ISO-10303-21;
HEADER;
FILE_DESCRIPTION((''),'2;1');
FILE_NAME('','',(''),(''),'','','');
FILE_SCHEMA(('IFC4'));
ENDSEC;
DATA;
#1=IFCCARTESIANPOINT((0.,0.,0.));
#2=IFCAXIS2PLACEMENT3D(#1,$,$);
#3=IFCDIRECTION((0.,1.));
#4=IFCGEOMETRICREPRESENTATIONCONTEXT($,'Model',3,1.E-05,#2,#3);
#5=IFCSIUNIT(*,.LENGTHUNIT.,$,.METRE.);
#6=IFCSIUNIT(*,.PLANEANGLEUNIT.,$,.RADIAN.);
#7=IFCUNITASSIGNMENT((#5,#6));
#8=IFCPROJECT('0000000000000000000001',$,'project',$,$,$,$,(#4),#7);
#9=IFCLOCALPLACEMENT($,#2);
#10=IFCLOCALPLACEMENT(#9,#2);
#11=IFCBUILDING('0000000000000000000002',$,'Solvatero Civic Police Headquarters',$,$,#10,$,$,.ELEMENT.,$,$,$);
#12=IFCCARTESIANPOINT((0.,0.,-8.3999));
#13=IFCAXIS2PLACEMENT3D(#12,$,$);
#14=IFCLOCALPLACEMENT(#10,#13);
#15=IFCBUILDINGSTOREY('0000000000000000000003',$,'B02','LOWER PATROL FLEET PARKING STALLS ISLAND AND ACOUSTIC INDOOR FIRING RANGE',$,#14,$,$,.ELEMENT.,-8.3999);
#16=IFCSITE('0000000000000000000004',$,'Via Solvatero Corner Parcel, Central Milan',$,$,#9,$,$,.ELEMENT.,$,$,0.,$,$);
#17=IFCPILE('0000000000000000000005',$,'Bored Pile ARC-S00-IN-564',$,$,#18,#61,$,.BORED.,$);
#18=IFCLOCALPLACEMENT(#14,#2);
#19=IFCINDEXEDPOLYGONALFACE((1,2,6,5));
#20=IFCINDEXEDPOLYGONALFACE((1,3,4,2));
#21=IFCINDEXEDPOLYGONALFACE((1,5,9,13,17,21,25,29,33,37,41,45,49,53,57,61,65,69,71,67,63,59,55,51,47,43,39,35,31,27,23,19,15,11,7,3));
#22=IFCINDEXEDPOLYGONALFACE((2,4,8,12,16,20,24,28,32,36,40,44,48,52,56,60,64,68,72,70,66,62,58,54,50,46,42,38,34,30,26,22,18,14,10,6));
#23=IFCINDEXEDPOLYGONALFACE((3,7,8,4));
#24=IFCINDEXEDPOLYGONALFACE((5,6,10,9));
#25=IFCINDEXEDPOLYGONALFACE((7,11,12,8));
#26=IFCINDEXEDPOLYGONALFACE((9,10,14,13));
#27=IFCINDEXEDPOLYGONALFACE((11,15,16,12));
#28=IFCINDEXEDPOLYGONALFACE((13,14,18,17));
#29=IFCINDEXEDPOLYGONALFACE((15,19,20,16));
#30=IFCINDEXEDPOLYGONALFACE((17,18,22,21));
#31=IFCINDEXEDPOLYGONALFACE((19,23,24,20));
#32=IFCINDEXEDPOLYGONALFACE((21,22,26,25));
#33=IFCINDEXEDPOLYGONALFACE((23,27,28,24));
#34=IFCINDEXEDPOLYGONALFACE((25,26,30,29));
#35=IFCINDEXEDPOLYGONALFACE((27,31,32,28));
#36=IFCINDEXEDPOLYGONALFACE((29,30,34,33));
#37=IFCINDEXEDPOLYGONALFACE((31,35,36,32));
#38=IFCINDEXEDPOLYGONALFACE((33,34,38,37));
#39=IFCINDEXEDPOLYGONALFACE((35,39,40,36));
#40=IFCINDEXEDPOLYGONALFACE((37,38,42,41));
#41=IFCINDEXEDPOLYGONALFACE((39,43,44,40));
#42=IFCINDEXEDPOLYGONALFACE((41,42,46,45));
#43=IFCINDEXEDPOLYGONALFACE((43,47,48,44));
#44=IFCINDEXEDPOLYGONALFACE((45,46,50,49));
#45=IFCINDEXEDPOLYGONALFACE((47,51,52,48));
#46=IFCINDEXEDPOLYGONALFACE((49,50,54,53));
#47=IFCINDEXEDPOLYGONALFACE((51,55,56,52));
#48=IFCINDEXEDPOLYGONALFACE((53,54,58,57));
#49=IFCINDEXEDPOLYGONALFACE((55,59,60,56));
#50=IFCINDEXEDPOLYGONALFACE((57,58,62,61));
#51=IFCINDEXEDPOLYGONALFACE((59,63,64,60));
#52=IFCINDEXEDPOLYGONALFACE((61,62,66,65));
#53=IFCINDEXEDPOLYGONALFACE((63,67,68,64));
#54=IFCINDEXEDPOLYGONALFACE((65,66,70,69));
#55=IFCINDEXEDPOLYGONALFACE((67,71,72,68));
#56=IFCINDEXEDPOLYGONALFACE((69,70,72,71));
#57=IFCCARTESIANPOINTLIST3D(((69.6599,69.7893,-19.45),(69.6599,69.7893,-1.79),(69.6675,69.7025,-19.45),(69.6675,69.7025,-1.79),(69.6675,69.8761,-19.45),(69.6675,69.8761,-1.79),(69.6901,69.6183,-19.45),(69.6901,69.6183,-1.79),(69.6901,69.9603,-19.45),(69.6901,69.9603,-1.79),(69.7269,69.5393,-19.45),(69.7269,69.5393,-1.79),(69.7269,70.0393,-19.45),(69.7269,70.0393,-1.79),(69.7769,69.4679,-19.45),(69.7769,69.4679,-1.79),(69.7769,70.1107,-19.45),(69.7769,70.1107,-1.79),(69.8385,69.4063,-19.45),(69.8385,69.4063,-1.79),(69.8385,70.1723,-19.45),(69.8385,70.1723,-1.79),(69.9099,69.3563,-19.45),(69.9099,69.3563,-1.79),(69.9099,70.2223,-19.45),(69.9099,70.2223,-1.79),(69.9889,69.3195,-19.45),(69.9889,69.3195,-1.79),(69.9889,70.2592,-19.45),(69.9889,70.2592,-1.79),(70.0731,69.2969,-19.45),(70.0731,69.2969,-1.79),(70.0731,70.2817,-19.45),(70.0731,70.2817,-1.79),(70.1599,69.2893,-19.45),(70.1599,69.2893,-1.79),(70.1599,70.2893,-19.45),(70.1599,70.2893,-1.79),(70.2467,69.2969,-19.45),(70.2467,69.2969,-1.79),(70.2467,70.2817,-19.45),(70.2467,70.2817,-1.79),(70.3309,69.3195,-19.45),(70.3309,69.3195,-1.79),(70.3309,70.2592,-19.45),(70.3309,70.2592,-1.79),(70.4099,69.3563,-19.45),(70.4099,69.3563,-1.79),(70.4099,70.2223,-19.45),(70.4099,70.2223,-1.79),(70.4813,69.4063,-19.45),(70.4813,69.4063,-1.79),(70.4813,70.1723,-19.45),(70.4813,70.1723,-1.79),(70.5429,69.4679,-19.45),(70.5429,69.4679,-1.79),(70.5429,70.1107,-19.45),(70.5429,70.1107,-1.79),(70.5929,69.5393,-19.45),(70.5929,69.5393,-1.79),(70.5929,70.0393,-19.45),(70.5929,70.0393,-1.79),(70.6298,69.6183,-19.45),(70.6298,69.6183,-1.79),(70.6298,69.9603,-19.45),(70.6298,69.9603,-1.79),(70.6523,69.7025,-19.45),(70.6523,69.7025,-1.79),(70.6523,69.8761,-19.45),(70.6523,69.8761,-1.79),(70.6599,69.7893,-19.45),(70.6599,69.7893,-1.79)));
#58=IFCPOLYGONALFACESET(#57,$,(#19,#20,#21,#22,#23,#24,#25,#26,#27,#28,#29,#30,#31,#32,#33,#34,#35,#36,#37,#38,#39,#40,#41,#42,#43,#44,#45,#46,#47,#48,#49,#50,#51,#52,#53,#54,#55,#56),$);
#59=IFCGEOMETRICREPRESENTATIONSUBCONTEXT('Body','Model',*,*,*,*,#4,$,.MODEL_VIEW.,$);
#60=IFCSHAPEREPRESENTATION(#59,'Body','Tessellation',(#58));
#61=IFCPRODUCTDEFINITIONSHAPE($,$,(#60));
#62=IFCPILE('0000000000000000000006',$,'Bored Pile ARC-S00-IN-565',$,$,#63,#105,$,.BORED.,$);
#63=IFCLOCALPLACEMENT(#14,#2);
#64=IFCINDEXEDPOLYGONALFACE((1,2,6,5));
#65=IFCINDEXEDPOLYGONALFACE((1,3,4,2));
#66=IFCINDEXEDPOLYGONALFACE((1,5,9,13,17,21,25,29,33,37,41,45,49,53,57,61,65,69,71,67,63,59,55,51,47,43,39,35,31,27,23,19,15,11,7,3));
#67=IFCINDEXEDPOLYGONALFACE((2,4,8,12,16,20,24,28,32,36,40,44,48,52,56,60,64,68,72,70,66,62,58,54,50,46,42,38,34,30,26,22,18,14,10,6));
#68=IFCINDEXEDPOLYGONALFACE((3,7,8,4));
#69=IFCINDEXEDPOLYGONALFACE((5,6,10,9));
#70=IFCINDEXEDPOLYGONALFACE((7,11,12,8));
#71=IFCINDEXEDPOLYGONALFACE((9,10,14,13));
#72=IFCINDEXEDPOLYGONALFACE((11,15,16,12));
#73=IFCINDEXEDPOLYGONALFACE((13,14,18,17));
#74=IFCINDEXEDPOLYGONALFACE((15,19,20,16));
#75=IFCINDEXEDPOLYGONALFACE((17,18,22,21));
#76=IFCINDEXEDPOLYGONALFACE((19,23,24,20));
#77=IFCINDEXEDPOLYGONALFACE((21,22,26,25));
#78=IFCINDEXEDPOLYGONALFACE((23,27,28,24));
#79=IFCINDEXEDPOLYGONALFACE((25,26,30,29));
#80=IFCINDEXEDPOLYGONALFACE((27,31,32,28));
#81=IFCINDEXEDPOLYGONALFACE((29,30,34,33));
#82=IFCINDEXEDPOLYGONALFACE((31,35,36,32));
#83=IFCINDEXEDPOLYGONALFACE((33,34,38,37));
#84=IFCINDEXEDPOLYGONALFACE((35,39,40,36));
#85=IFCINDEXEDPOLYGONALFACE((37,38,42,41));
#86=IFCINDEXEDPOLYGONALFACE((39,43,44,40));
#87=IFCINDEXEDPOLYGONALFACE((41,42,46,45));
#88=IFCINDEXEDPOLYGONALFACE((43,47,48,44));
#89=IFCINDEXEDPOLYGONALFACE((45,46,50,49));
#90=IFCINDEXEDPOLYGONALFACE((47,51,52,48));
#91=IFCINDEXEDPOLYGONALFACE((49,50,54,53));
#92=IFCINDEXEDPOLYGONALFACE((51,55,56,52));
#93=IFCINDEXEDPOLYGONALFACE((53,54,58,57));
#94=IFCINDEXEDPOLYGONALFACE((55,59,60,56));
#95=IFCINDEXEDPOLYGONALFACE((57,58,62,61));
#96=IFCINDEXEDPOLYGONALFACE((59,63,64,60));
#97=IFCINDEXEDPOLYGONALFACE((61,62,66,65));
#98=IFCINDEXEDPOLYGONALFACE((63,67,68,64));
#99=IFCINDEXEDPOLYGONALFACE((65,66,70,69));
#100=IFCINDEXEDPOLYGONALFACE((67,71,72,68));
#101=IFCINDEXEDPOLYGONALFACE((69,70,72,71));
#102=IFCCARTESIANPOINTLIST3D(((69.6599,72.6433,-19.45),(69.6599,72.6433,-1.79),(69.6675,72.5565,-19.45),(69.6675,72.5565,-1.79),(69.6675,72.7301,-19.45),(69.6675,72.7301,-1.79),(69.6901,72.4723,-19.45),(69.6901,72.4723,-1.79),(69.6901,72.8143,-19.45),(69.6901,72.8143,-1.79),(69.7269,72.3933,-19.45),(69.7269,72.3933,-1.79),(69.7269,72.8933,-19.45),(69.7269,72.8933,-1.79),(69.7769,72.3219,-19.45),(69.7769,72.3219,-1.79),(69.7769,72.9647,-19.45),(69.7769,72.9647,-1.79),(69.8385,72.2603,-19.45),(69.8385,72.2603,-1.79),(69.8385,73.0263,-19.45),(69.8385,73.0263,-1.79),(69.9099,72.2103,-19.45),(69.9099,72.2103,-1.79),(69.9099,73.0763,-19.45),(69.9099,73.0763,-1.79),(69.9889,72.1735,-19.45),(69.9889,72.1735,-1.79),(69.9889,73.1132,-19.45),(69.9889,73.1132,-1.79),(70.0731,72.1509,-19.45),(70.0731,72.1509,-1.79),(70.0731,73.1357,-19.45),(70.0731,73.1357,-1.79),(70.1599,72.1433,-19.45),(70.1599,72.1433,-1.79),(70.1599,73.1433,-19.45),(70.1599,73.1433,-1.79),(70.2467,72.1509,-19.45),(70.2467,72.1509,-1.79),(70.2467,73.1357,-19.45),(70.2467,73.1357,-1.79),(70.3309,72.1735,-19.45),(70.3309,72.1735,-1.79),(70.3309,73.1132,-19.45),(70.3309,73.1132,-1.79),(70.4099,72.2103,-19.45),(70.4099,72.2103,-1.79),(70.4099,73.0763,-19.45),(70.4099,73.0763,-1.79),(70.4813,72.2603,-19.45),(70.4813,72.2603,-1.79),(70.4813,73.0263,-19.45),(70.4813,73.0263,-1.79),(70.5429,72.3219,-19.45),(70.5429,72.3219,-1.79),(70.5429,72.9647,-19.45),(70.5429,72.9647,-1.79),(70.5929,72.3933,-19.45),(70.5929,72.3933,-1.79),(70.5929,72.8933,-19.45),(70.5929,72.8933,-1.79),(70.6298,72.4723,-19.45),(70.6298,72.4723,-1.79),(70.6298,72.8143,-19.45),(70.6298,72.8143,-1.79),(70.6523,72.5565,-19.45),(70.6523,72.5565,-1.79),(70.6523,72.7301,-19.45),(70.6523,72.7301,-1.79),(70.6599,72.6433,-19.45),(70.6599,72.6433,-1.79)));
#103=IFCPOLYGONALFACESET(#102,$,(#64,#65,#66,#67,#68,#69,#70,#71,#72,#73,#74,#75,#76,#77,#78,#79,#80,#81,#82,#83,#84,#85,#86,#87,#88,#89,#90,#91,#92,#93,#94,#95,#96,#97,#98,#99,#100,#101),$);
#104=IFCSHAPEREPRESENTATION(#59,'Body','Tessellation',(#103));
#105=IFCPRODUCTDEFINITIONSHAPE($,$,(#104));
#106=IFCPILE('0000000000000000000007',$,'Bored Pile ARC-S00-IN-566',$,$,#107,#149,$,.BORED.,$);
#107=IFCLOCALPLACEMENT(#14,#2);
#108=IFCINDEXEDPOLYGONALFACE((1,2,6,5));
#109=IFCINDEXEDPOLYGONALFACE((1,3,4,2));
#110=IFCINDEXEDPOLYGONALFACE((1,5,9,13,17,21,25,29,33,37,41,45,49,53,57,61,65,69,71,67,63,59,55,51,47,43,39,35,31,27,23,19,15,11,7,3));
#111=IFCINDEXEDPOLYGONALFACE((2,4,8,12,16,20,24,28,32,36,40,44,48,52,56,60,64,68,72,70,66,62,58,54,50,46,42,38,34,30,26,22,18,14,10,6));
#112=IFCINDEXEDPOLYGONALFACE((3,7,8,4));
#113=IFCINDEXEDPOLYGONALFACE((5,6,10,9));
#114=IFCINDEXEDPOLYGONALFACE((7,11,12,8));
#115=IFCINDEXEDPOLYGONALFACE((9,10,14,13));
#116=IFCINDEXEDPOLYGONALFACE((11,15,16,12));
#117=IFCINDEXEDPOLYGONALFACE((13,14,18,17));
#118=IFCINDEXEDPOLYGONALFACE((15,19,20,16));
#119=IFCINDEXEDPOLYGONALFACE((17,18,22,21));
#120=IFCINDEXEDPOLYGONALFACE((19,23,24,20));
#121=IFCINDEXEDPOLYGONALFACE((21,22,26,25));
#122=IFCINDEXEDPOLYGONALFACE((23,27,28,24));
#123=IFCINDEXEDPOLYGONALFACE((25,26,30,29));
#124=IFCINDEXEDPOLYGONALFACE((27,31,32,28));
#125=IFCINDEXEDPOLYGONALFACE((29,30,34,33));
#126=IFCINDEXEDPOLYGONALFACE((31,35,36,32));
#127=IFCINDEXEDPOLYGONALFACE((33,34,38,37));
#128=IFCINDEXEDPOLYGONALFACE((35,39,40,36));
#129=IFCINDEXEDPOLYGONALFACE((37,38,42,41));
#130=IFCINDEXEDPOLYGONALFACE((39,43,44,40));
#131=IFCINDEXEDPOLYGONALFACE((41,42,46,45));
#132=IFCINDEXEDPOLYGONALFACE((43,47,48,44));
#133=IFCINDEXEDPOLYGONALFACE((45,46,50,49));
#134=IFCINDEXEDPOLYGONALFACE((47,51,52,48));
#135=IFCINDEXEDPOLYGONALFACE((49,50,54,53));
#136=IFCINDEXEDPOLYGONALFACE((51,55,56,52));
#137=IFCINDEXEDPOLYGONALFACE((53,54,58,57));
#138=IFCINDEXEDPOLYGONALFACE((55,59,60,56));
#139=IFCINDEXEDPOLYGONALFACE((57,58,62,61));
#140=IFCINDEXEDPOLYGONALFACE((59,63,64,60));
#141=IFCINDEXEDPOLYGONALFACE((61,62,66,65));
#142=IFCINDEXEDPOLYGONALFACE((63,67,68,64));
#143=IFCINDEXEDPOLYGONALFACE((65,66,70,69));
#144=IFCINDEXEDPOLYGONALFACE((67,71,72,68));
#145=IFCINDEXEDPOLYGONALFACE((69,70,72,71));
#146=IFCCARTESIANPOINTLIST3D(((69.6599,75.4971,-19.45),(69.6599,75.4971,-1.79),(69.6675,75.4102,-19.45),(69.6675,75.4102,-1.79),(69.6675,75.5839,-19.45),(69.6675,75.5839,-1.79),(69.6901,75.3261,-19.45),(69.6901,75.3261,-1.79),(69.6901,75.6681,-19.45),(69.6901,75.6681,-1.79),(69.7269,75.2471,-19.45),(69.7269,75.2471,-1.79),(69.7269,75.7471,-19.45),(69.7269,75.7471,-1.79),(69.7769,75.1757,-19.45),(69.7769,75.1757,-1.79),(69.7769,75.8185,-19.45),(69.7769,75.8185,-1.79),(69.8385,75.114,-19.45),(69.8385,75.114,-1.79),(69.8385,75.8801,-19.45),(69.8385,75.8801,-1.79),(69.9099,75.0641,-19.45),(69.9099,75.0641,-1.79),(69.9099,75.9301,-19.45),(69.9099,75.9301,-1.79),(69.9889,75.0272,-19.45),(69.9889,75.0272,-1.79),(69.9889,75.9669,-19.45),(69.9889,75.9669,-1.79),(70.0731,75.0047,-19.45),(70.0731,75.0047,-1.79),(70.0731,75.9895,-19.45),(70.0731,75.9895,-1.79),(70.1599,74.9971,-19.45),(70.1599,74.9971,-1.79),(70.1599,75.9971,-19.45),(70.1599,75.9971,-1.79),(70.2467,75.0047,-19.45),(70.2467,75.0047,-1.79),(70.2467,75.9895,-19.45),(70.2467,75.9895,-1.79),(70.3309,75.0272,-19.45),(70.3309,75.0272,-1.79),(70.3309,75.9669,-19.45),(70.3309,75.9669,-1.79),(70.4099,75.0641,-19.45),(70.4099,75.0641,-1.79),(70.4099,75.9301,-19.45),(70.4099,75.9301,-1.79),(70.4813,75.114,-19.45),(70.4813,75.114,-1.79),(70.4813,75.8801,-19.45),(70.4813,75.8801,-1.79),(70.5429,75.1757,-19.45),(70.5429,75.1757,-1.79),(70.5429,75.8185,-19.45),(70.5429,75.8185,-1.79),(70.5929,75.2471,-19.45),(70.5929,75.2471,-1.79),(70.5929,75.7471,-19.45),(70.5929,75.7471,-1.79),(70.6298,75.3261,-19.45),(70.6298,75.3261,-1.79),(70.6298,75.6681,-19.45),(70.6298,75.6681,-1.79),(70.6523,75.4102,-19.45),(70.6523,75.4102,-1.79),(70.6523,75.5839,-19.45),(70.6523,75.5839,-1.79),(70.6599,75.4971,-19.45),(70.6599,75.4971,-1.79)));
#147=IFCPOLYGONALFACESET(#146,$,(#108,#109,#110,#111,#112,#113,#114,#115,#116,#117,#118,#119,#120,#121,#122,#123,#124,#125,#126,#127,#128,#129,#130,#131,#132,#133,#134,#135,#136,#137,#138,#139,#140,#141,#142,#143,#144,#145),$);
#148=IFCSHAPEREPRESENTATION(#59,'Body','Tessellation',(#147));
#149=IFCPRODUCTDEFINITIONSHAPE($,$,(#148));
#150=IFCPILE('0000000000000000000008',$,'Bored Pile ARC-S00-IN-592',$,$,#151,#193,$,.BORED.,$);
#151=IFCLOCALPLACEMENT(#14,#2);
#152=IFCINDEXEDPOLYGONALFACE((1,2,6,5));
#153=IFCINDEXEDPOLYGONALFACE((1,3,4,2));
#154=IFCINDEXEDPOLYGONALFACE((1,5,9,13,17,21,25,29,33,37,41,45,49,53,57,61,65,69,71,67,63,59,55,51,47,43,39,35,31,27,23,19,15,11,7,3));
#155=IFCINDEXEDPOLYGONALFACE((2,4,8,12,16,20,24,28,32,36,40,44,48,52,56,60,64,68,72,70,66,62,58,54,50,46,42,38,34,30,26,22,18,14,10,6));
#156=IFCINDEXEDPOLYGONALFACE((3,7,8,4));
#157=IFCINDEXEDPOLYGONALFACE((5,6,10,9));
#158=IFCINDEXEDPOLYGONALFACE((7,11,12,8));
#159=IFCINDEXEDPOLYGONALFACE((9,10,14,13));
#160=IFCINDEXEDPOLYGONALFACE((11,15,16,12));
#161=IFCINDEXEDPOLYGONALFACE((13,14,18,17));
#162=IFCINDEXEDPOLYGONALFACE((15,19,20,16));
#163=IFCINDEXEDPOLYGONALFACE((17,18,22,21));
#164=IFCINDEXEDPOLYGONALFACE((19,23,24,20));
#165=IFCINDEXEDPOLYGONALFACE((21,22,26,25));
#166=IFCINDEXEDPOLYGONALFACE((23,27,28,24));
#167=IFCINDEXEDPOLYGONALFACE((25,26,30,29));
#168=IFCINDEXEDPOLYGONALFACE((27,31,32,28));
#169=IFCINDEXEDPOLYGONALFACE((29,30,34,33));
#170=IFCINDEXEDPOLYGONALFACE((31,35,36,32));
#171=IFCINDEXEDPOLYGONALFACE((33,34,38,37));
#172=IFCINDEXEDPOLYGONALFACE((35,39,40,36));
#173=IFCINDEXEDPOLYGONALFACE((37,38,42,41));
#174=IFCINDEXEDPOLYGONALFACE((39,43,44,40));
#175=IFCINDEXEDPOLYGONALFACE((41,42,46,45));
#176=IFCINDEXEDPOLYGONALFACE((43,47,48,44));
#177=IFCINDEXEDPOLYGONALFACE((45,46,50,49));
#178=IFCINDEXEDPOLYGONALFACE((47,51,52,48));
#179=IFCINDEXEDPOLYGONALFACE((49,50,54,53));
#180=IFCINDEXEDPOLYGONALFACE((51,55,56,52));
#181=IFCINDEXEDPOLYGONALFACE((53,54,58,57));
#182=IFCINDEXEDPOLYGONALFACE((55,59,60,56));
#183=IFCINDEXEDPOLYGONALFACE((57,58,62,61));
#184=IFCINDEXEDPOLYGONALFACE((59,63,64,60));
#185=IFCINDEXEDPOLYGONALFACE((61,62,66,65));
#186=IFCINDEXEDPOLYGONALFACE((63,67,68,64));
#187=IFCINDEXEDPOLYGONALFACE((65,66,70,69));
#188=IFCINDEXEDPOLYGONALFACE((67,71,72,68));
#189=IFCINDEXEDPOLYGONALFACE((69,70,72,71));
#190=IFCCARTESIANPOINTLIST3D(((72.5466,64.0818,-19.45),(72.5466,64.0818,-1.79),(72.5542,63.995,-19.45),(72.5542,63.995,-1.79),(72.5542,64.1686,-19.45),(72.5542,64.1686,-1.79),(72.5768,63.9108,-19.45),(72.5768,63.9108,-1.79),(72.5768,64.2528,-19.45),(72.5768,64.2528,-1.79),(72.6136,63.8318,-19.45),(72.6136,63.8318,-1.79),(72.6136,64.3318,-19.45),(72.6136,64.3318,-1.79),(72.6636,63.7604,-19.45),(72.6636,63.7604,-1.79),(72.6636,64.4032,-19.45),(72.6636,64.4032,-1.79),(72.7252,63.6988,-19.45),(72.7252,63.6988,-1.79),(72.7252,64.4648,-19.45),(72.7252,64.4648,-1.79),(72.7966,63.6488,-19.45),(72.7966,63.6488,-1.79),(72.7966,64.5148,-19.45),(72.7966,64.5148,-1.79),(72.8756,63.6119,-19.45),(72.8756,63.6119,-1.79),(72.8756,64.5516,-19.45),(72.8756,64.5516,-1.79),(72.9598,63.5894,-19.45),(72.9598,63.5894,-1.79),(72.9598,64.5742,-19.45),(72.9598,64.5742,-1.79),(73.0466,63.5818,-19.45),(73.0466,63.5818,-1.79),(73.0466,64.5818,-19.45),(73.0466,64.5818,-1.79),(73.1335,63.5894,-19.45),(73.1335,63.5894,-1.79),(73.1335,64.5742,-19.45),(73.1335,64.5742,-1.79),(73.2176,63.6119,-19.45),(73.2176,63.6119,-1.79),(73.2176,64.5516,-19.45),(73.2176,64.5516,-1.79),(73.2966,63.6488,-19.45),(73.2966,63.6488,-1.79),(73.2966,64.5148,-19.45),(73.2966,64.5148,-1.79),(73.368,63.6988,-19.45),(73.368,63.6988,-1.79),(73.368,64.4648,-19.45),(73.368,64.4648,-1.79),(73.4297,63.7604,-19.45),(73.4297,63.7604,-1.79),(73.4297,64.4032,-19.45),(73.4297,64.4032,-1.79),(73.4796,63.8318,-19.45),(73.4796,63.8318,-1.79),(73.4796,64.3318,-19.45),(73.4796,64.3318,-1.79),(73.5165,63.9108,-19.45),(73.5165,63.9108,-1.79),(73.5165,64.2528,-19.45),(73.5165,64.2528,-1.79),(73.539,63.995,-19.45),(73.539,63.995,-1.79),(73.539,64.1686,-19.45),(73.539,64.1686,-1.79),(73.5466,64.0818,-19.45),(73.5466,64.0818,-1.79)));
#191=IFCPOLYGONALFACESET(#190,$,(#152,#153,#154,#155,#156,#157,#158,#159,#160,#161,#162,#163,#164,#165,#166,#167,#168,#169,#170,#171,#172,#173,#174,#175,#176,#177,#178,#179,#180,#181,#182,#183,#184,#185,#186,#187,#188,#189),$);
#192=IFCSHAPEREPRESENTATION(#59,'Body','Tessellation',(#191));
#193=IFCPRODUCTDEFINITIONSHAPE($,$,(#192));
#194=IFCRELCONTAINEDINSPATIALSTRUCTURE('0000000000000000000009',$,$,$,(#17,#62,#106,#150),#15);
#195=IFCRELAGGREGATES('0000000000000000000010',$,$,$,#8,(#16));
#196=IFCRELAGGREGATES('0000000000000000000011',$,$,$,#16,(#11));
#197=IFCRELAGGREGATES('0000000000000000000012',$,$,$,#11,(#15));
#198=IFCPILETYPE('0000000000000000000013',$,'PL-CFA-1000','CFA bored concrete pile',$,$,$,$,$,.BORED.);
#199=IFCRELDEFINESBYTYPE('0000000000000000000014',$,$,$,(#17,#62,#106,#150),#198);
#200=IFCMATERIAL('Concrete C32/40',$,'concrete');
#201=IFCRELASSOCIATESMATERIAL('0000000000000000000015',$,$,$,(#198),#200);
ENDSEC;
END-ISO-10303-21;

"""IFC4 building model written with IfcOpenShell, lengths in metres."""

from ifc_helpers import new_model, si_unit, direction, frame, origin, origin_2d, place, context, subcontext, project, spatial, circle, extrude, material, material_profile, profile_set, type_object, element, save


model = new_model("IFC4")

# Units and contexts
model_context = context("Model", 3, precision=1e-05, world=origin(), true_north=direction((0.0, 1.0)))
body_context = subcontext(model_context, "Body", "Model", "MODEL_VIEW")
ifc_project = project(units=[si_unit("LENGTHUNIT", "METRE"), si_unit("PLANEANGLEUNIT", "RADIAN")], contexts=[model_context])

# Site, building, storey
site_placement = place(None, origin())
site = spatial("IfcSite", under=ifc_project, at=site_placement, Name="Via Solvatero Corner Parcel, Central Milan", CompositionType="ELEMENT", RefElevation=0.0)
building_placement = place(site_placement, origin())
building = spatial("IfcBuilding", under=site, at=building_placement, Name="Solvatero Civic Police Headquarters", CompositionType="ELEMENT")
storey_placement = place(building_placement, frame((0.0, 0.0, -8.3999)))
storey = spatial("IfcBuildingStorey", under=building, at=storey_placement, Name="B02", Description="LOWER PATROL FLEET PARKING STALLS ISLAND AND ACOUSTIC INDOOR FIRING RANGE", CompositionType="ELEMENT", Elevation=-8.3999)

# Piles
ifc_material_1 = material(Name="Concrete C32/40", Category="concrete")
ifc_material_profile_1 = material_profile(ifc_material_1, circle(Radius=0.5, at=origin_2d()), Name="CFA PILE D1000")
ifc_profile_set_1 = profile_set([ifc_material_profile_1], Name="Concrete C32/40")
pile_type = type_object("IfcPileType", Name="PL-CFA-1000", Description="CFA bored concrete pile", PredefinedType="BORED", material=ifc_profile_set_1)
for number, where, z_axis, x_axis, name in (
    (1, (70.1599, 69.7893, -1.79), (0.0, 0.0, -1.0), (1.0, 0.0, 0.0), "Bored Pile ARC-S00-IN-564"),
    (2, (70.1599, 72.6433, -1.79), (0.0, 0.0, -1.0), (1.0, 0.0, 0.0), "Bored Pile ARC-S00-IN-565"),
    (3, (70.1599, 75.4971, -1.79), (0.0, 0.0, -1.0), (1.0, 0.0, 0.0), "Bored Pile ARC-S00-IN-566"),
    (4, (73.0466, 64.0818, -1.79), (0.0, 0.0, -1.0), (1.0, 0.0, 0.0), "Bored Pile ARC-S00-IN-592"),
):
    element("IfcPile", number, at=place(storey_placement, frame(where, z_axis=z_axis, x_axis=x_axis)), inside=storey, type_object=pile_type, Name=name, PredefinedType="BORED", context=body_context, shape_type="SweptSolid", body=[
        extrude(circle(Radius=0.5, at=origin_2d()), origin(), (0.0, 0.0, 1.0), 17.6599),
    ])

save(model, "model.ifc")
